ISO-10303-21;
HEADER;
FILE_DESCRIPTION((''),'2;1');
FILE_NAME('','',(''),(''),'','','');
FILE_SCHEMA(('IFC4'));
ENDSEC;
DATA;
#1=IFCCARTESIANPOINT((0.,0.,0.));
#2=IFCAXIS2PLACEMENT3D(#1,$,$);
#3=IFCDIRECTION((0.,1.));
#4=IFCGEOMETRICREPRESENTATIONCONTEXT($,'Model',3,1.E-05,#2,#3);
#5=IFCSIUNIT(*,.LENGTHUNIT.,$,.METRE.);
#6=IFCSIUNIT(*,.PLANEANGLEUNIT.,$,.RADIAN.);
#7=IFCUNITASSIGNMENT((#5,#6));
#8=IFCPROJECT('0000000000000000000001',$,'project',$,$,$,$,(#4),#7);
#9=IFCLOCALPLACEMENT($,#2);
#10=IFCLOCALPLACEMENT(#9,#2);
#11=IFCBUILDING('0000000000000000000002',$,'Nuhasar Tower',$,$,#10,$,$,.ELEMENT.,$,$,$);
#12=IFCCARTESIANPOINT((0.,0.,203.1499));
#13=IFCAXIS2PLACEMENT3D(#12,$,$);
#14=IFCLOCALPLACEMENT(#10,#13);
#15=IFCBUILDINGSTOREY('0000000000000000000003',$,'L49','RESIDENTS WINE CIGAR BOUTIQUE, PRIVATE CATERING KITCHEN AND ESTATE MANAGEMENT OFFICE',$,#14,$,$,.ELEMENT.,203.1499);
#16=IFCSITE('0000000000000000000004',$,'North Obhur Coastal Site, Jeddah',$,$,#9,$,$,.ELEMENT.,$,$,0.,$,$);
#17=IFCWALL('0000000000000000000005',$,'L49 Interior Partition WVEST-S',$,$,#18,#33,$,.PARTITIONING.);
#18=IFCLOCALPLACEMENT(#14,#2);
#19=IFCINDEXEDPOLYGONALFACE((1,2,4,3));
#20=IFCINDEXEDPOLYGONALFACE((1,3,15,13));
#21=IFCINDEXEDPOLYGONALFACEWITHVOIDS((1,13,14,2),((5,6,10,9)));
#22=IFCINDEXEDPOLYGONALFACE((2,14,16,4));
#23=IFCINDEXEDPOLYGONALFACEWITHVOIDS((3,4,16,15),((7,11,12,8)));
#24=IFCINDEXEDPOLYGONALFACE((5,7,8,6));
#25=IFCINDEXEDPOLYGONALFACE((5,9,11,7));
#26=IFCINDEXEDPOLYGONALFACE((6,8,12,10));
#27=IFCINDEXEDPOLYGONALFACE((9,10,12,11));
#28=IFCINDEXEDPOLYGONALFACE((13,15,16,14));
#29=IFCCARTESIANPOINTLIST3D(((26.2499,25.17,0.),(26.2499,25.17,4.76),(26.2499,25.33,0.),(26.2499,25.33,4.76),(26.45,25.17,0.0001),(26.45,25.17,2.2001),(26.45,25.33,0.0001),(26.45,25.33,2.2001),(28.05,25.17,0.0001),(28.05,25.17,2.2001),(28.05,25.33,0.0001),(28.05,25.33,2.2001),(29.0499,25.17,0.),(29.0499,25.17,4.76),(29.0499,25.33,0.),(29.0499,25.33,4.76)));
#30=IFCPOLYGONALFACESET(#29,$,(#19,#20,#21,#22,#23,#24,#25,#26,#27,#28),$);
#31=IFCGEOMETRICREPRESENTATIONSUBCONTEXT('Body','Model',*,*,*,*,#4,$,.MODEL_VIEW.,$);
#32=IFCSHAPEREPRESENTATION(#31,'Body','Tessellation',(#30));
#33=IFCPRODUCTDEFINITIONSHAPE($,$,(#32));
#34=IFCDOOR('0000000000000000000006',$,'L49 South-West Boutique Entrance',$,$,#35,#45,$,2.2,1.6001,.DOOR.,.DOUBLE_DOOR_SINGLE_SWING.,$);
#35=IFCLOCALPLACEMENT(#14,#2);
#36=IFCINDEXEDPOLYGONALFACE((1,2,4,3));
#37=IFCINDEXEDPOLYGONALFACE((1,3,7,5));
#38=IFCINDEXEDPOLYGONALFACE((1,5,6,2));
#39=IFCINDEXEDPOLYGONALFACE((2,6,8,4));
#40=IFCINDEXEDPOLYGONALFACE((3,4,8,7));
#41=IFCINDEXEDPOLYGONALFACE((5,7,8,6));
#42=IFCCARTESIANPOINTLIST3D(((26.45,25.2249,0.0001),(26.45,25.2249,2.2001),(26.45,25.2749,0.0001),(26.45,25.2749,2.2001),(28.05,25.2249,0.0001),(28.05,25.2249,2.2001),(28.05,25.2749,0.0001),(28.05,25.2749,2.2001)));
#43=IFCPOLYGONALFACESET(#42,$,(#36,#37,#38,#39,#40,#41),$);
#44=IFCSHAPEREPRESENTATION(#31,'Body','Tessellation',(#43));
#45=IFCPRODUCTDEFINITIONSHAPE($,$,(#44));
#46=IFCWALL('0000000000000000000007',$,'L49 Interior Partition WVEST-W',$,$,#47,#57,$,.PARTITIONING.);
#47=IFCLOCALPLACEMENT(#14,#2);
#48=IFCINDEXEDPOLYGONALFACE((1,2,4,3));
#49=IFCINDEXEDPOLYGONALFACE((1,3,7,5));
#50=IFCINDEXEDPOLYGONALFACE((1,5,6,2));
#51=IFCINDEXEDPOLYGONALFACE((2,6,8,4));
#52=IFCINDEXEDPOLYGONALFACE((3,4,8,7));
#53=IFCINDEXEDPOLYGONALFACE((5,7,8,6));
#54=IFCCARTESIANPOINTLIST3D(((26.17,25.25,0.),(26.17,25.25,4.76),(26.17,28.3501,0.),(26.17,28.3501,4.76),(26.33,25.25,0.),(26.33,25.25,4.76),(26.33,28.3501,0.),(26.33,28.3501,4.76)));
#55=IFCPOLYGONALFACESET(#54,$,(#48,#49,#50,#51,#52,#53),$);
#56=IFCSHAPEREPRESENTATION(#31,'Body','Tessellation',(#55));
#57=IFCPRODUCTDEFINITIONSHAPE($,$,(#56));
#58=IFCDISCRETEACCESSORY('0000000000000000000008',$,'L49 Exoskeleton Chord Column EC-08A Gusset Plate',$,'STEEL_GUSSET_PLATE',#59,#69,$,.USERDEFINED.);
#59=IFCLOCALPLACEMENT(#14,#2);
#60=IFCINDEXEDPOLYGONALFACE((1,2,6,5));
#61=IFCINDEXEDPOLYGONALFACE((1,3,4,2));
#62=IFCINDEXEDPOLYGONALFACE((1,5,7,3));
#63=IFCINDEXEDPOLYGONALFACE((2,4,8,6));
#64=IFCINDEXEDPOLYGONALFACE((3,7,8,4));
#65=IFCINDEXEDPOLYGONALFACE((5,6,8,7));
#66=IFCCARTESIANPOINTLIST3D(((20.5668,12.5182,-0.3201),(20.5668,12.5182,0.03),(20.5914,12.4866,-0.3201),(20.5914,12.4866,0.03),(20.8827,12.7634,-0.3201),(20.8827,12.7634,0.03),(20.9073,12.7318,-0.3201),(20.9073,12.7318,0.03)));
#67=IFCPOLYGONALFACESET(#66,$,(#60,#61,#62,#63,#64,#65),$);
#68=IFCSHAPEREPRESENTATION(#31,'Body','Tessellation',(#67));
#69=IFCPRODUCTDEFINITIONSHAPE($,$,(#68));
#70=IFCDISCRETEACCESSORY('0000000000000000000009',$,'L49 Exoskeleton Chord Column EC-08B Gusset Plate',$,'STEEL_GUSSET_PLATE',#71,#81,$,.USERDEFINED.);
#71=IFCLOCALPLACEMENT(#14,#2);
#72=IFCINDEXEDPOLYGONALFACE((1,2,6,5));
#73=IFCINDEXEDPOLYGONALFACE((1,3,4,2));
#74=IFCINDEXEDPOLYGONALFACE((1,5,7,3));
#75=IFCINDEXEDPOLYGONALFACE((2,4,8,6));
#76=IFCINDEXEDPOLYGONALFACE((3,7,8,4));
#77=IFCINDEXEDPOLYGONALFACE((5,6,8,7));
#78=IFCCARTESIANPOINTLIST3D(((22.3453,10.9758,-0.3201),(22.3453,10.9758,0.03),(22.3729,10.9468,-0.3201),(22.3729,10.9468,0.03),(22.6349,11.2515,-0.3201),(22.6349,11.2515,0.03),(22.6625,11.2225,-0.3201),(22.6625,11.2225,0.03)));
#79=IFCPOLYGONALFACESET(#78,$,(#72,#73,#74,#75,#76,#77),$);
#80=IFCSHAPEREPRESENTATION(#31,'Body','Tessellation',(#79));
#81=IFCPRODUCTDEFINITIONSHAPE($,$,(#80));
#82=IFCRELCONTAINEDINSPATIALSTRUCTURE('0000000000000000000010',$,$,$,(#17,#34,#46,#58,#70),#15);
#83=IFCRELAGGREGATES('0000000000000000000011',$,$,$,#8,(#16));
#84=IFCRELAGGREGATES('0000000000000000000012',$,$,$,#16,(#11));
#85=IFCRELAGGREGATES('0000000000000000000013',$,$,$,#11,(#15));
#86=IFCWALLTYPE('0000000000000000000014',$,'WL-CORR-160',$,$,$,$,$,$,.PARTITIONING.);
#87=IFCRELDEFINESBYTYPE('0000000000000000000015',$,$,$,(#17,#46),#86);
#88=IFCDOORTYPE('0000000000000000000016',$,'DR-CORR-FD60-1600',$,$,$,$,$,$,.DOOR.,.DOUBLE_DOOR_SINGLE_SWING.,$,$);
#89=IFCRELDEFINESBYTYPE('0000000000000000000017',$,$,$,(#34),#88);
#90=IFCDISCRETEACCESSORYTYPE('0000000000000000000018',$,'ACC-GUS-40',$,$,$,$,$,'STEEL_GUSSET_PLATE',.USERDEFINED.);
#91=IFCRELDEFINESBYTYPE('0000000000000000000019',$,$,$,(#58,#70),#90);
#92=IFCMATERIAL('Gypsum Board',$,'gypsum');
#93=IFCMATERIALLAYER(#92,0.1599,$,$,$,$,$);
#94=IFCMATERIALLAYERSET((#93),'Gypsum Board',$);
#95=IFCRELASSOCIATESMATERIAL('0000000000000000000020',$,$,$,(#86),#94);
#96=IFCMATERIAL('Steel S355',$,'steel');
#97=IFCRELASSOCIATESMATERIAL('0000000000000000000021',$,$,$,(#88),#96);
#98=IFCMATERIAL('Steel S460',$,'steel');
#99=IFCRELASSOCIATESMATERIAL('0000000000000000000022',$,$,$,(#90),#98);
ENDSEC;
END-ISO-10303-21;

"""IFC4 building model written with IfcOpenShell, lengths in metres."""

from ifc_helpers import new_model, si_unit, direction, frame, frame_2d, origin, origin_2d, place, context, subcontext, project, spatial, rectangle, extrude, material, layer, layer_set, type_object, element, fill, save


model = new_model("IFC4")

# Units and contexts
model_context = context("Model", 3, precision=1e-05, world=origin(), true_north=direction((0.0, 1.0)))
body_context = subcontext(model_context, "Body", "Model", "MODEL_VIEW")
ifc_project = project(units=[si_unit("LENGTHUNIT", "METRE"), si_unit("PLANEANGLEUNIT", "RADIAN")], contexts=[model_context])

# Site, building, storey
site_placement = place(None, origin())
site = spatial("IfcSite", under=ifc_project, at=site_placement, Name="North Obhur Coastal Site, Jeddah", CompositionType="ELEMENT", RefElevation=0.0)
building_placement = place(site_placement, origin())
building = spatial("IfcBuilding", under=site, at=building_placement, Name="Nuhasar Tower", CompositionType="ELEMENT")
storey_placement = place(building_placement, frame((0.0, 0.0, 203.1499)))
storey = spatial("IfcBuildingStorey", under=building, at=storey_placement, Name="L49", Description="RESIDENTS WINE CIGAR BOUTIQUE, PRIVATE CATERING KITCHEN AND ESTATE MANAGEMENT OFFICE", CompositionType="ELEMENT", Elevation=203.1499)

# Shared definitions
ifc_material_1 = material(Name="Steel S460", Category="steel")

# Wall, opening, door
ifc_material_2 = material(Name="Gypsum Board", Category="gypsum")
ifc_layer_1 = layer(ifc_material_2, 0.1599)
ifc_layer_set_1 = layer_set([ifc_layer_1], Name="Gypsum Board")
wall_type = type_object("IfcWallType", Name="WL-CORR-160", PredefinedType="PARTITIONING", material=ifc_layer_set_1)
wall_1_placement = place(storey_placement, frame((26.25, 25.25, 0.0), z_axis=(0.0, 0.0, 1.0), x_axis=(1.0, 0.0, 0.0)))
wall_1 = element("IfcWall", 1, at=wall_1_placement, inside=storey, type_object=wall_type, Name="L49 Interior Partition WVEST-S", PredefinedType="PARTITIONING", context=body_context, shape_type="SweptSolid", body=[
    extrude(rectangle(XDim=2.8, YDim=0.1599, at=frame_2d((1.3999, 0.0))), origin(), (0.0, 0.0, 1.0), 4.76),
])
opening_placement = place(wall_1_placement, frame((0.2, 0.0, 0.0)))
opening = element("IfcOpeningElement", 2, at=opening_placement, cuts=wall_1, PredefinedType="OPENING", context=body_context, shape_type="SweptSolid", body=[
    extrude(rectangle(XDim=1.6001, YDim=2.2, at=frame_2d((0.8, 1.1001))), frame((0.0, 0.0898, 0.0), z_axis=(0.0, -1.0, 0.0), x_axis=(1.0, 0.0, 0.0)), (0.0, 0.0, 1.0), 0.1799),
])
ifc_material_3 = material(Name="Steel S355", Category="steel")
door_type = type_object("IfcDoorType", Name="DR-CORR-FD60-1600", OperationType="DOUBLE_DOOR_SINGLE_SWING", PredefinedType="DOOR", material=ifc_material_3)
door_placement = place(opening_placement, origin())
door = element("IfcDoor", 3, at=door_placement, inside=storey, type_object=door_type, Name="L49 South-West Boutique Entrance", OperationType="DOUBLE_DOOR_SINGLE_SWING", OverallHeight=2.2, OverallWidth=1.6001, PredefinedType="DOOR", context=body_context, shape_type="SweptSolid", body=[
    extrude(rectangle(XDim=1.6001, YDim=2.2, at=frame_2d((0.8, 1.1001))), frame((0.0, 0.0249, 0.0), z_axis=(0.0, -1.0, 0.0), x_axis=(1.0, 0.0, 0.0)), (0.0, 0.0, 1.0), 0.05),
])
fill(opening, door)

# Wall
wall_2_placement = place(storey_placement, frame((26.25, 25.25, 0.0), z_axis=(0.0, 0.0, 1.0), x_axis=(0.0, 1.0, 0.0)))
element("IfcWall", 4, at=wall_2_placement, inside=storey, type_object=wall_type, Name="L49 Interior Partition WVEST-W", PredefinedType="PARTITIONING", context=body_context, shape_type="SweptSolid", body=[
    extrude(rectangle(XDim=3.1001, YDim=0.1599, at=frame_2d((1.55, 0.0))), origin(), (0.0, 0.0, 1.0), 4.76),
])

# Discrete accessories
discrete_accessory_type = type_object("IfcDiscreteAccessoryType", Name="ACC-GUS-40", ElementType="STEEL_GUSSET_PLATE", PredefinedType="USERDEFINED", material=ifc_material_1)
for number, where, z_axis, x_axis, name in (
    (5, (20.7371, 12.625, -0.3201), (0.0, 0.0, 1.0), (-0.789984, -0.613128, 0.0), "L49 Exoskeleton Chord Column EC-08A Gusset Plate"),
    (6, (22.5039, 11.0991, -0.3201), (0.0, 0.0, 1.0), (-0.724352, -0.68943, 0.0), "L49 Exoskeleton Chord Column EC-08B Gusset Plate"),
):
    element("IfcDiscreteAccessory", number, at=place(storey_placement, frame(where, z_axis=z_axis, x_axis=x_axis)), inside=storey, type_object=discrete_accessory_type, Name=name, ObjectType="STEEL_GUSSET_PLATE", PredefinedType="USERDEFINED", context=body_context, shape_type="SweptSolid", body=[
        extrude(rectangle(XDim=0.3999, YDim=0.04, at=origin_2d()), origin(), (0.0, 0.0, 1.0), 0.3501),
    ])

save(model, "model.ifc")
